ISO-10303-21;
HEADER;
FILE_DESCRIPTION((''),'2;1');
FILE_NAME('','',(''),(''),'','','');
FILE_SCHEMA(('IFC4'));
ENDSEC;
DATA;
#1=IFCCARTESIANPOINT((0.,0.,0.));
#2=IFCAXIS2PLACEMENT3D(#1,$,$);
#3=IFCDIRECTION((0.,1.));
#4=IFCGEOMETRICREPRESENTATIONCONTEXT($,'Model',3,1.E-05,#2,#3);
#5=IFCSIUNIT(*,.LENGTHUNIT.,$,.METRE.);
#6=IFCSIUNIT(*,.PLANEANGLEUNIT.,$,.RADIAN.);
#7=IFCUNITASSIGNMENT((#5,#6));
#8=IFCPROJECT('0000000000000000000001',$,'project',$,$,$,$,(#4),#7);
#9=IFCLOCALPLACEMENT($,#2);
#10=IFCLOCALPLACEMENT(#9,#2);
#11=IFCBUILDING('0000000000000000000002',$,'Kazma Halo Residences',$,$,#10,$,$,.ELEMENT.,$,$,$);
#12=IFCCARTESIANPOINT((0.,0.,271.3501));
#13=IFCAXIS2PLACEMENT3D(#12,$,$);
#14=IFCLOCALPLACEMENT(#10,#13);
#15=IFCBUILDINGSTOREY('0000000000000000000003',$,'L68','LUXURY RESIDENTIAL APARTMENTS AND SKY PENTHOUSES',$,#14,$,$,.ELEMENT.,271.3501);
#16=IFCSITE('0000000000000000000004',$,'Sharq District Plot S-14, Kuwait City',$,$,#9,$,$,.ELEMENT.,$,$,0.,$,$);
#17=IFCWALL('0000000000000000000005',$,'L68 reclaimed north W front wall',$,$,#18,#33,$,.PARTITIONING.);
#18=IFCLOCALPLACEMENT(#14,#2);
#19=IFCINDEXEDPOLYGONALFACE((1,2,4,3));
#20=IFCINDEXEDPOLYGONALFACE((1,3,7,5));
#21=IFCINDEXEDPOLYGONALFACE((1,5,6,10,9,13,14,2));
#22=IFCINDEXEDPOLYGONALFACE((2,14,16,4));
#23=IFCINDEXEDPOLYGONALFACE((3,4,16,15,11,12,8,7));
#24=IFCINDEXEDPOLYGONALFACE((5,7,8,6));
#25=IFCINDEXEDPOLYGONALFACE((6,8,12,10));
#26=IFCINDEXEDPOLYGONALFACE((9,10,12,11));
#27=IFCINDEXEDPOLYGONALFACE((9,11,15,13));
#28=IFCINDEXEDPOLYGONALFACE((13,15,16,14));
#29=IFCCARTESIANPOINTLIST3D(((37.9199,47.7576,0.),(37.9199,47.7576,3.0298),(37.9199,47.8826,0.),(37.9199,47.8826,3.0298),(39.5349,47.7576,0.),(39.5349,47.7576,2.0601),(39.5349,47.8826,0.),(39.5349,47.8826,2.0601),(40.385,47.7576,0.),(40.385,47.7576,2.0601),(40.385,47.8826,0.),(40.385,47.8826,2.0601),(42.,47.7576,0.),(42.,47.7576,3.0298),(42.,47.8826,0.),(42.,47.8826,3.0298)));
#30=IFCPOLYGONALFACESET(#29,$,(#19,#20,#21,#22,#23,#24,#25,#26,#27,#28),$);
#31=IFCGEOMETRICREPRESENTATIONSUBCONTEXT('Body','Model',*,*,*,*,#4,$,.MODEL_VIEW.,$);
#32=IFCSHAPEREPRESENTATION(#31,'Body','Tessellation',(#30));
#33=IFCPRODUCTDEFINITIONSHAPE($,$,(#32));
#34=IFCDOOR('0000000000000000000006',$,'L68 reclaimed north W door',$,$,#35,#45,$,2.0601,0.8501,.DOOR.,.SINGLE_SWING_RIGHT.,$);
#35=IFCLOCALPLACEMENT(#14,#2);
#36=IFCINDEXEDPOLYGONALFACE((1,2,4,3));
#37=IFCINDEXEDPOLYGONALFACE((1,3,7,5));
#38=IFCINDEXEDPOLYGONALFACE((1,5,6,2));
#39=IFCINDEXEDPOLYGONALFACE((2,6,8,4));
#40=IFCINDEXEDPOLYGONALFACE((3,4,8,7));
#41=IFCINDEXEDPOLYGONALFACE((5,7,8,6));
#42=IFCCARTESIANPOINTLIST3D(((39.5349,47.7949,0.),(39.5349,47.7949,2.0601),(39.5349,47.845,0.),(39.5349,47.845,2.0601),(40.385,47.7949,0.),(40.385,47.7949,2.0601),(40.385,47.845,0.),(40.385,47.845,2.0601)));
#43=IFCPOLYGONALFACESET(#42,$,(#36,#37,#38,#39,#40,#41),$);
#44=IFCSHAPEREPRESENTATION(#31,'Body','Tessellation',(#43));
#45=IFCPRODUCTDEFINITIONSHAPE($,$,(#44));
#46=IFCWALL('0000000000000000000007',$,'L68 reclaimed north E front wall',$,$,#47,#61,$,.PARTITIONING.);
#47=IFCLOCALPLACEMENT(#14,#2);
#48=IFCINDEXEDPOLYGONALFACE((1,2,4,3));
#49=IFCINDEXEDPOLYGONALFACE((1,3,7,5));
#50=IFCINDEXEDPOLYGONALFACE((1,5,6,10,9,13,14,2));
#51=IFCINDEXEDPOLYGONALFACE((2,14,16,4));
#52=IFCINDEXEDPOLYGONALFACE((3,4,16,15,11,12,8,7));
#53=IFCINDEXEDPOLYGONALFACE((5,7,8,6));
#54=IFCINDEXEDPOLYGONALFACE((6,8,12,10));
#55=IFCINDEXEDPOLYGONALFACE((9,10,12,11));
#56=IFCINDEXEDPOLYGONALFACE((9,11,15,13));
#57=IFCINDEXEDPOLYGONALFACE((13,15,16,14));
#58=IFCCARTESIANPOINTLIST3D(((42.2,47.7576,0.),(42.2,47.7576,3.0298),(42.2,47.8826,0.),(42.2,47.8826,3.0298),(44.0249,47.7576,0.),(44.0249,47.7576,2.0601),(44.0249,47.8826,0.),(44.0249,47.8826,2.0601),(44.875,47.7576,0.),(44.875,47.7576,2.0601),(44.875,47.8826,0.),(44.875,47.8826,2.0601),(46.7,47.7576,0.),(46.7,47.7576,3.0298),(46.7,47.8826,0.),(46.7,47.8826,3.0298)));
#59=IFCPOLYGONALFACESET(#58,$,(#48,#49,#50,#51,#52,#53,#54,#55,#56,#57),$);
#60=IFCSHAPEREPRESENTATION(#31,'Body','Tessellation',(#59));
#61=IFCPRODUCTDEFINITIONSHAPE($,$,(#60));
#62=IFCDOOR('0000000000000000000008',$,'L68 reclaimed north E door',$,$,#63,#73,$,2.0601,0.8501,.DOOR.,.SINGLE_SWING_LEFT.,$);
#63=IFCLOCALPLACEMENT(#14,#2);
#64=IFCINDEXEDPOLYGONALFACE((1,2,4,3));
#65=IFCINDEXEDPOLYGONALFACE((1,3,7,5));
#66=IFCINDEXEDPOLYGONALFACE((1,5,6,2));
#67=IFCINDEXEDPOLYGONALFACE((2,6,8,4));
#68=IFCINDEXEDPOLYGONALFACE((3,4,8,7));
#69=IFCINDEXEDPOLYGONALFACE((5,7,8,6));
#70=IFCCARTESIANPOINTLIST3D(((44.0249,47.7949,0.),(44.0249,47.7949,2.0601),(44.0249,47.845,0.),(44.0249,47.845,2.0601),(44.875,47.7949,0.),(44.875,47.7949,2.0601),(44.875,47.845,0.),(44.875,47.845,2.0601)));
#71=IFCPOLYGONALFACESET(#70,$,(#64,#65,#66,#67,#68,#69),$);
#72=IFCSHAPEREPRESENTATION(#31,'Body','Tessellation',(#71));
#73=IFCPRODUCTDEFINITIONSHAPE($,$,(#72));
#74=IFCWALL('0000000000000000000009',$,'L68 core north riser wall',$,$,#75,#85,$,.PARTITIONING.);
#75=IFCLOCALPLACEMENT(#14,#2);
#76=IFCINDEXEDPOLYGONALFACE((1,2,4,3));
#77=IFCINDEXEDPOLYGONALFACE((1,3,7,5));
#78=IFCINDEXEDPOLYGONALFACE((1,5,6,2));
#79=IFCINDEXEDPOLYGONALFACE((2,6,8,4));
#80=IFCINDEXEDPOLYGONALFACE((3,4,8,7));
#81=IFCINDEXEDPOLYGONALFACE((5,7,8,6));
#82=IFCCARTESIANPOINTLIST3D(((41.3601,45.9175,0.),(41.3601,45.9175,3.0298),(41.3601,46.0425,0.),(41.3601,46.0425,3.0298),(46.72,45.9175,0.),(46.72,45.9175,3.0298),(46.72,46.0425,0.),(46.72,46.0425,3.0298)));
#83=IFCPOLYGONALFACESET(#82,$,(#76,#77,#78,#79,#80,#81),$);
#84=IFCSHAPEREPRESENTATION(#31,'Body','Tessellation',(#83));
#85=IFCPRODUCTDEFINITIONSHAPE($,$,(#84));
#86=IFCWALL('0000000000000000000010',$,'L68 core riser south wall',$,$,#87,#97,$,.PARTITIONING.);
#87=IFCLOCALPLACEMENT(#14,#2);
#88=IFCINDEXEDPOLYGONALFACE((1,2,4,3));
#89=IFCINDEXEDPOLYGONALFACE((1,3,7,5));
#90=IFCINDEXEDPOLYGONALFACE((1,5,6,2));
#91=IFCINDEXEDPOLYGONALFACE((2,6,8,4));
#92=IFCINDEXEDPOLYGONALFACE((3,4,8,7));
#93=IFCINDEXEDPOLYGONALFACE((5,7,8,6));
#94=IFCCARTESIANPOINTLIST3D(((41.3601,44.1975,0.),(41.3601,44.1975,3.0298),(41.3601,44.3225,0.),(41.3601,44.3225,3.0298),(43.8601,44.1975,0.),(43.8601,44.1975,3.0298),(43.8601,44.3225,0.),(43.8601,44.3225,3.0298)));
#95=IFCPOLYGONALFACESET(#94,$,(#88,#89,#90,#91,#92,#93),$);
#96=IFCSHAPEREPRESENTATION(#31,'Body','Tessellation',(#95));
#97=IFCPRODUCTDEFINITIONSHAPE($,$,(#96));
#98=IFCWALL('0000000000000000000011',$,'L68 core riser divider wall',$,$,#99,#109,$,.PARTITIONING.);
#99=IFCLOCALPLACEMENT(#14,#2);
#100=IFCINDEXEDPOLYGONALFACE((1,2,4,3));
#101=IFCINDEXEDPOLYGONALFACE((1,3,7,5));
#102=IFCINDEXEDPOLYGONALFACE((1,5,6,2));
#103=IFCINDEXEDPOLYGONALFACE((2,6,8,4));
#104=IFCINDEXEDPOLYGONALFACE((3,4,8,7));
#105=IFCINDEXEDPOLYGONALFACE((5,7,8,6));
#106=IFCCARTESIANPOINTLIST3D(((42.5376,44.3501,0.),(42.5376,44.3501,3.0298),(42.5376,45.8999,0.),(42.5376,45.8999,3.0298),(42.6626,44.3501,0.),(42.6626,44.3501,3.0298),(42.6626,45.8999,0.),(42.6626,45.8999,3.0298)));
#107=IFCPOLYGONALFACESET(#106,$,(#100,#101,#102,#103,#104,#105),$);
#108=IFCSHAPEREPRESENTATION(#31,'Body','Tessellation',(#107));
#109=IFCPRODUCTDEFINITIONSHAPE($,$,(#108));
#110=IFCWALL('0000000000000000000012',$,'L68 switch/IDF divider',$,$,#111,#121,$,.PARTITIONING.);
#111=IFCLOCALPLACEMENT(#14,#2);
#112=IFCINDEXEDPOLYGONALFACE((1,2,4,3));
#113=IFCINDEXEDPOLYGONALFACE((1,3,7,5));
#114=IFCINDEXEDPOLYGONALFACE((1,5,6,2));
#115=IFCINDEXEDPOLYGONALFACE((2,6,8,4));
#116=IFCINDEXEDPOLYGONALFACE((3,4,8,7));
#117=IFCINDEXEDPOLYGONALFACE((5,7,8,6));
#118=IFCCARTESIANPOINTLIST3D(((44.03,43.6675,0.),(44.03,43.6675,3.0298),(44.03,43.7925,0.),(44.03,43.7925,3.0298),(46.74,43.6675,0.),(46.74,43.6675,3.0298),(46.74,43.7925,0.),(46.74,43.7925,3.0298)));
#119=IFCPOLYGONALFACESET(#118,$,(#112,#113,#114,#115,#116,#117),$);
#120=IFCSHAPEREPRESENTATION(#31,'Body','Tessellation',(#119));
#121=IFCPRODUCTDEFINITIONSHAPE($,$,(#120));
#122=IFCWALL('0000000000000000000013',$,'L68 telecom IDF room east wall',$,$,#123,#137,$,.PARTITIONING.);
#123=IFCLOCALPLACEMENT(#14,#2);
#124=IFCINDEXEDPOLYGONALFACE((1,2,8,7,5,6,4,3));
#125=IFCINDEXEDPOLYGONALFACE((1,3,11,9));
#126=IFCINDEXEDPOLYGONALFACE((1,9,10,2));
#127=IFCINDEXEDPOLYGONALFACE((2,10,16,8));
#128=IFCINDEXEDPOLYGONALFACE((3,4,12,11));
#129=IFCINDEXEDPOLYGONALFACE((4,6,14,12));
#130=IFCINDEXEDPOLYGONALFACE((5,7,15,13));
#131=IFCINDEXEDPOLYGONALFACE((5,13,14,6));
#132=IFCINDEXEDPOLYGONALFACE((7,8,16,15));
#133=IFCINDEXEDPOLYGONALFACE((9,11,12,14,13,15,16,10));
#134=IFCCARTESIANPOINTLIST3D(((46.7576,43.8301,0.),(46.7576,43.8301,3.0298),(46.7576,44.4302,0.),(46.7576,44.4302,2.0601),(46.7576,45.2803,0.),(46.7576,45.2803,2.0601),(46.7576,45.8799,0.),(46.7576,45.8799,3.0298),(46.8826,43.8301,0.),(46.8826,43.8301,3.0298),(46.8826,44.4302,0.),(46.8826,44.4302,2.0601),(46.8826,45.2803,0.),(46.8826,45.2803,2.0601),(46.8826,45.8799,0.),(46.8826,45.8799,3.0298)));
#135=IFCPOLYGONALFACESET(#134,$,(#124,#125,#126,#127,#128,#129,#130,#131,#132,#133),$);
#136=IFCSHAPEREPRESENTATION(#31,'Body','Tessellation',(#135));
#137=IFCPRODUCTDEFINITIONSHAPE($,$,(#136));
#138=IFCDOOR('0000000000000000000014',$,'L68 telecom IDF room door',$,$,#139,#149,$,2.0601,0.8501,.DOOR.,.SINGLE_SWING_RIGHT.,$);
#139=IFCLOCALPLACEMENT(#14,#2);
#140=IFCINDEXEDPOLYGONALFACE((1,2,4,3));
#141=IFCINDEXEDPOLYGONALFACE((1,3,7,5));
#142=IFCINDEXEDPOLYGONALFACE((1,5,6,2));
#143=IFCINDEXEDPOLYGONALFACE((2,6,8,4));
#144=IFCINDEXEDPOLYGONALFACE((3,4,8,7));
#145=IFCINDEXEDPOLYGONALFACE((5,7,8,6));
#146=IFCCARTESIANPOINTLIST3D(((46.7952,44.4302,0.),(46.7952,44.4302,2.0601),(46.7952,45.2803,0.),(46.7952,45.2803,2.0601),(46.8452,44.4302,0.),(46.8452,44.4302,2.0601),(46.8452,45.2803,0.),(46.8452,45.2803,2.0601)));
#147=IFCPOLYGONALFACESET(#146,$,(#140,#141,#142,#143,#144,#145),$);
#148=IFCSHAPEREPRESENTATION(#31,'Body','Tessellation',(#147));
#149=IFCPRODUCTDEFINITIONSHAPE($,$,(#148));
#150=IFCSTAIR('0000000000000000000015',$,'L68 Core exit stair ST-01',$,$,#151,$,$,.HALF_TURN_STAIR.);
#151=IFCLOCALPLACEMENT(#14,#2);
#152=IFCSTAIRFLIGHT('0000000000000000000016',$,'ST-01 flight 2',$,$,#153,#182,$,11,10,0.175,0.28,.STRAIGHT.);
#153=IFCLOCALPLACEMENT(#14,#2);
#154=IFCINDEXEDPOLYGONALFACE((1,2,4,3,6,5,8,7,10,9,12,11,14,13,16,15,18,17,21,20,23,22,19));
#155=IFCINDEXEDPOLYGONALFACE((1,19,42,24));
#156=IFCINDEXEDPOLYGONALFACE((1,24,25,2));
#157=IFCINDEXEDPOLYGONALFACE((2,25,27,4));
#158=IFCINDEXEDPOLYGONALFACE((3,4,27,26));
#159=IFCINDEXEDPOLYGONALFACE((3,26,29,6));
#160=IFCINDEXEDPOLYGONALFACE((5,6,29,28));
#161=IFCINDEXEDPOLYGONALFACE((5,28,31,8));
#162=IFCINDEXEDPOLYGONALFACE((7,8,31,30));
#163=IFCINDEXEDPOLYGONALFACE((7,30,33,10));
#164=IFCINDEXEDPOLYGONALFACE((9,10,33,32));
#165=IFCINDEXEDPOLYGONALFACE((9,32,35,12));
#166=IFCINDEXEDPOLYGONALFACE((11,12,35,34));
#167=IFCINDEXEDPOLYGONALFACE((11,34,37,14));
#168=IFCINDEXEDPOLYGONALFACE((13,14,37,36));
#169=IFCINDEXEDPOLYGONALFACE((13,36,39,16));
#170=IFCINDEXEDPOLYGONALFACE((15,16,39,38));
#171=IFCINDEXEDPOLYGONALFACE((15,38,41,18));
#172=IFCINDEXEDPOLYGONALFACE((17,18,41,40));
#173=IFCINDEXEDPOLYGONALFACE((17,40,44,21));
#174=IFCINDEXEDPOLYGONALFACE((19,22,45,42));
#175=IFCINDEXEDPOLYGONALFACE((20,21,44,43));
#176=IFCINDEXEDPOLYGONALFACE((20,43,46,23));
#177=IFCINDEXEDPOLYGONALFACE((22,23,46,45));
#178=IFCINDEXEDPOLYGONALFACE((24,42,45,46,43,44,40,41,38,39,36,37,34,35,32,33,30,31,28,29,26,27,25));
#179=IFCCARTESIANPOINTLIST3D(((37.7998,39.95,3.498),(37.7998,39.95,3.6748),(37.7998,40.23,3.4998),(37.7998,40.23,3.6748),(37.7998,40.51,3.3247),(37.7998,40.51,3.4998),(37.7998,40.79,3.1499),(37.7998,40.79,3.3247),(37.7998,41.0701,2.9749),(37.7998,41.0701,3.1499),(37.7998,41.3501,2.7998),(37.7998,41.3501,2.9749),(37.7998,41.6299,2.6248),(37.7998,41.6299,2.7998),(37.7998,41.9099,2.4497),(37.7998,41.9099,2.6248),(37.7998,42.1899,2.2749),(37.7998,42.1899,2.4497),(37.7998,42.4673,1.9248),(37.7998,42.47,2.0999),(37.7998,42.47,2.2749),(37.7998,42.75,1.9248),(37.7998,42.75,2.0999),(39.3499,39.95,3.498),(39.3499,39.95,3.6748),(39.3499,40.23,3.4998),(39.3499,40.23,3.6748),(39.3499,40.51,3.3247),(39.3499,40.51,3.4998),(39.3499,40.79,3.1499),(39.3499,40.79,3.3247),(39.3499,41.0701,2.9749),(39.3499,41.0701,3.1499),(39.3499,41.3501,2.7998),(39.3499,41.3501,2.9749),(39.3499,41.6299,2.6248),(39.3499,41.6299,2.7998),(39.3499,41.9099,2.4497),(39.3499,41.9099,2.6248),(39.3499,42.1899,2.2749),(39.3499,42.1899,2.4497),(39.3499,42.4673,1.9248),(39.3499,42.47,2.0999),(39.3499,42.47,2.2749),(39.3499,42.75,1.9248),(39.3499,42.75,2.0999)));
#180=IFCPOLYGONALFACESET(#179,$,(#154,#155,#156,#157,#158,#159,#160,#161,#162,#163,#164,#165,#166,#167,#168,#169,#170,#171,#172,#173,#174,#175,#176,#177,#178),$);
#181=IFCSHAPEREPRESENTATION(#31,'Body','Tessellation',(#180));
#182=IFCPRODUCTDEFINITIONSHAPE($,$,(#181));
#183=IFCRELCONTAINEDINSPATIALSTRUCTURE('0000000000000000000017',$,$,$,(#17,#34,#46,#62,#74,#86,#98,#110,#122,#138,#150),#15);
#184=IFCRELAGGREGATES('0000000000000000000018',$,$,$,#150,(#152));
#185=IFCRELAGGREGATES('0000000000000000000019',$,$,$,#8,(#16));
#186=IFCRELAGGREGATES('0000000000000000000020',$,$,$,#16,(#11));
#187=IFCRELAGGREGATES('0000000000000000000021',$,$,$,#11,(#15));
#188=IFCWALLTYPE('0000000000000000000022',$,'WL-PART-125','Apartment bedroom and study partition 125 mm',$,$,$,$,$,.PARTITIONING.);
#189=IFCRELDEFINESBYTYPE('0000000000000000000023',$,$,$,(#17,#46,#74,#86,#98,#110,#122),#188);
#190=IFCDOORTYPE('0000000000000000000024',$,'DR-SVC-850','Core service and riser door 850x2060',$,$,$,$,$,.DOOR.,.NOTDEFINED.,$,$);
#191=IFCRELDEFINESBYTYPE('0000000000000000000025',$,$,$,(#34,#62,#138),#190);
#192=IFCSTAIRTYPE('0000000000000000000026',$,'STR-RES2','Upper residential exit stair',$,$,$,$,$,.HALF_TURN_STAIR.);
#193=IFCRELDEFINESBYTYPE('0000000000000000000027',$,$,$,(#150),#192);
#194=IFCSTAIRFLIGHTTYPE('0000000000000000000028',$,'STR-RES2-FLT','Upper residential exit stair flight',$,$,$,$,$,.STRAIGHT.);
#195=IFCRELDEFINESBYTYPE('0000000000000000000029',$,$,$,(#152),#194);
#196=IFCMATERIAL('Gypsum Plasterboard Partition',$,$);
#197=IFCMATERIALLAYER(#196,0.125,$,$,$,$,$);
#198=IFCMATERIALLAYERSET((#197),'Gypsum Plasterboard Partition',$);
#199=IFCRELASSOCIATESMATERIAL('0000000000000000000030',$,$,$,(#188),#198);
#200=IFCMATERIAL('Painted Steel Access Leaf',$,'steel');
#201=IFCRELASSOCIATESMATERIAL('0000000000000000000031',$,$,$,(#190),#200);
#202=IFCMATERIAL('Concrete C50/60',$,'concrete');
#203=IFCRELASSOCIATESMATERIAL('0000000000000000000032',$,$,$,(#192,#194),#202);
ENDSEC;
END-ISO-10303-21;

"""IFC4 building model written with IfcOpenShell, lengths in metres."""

from ifc_helpers import new_model, si_unit, direction, frame, frame_2d, origin, place, context, subcontext, project, spatial, polyline, rectangle, outline, extrude, material, layer, layer_set, type_object, element, fill, aggregate, save


model = new_model("IFC4")

# Units and contexts
model_context = context("Model", 3, precision=1e-05, world=origin(), true_north=direction((0.0, 1.0)))
body_context = subcontext(model_context, "Body", "Model", "MODEL_VIEW")
ifc_project = project(units=[si_unit("LENGTHUNIT", "METRE"), si_unit("PLANEANGLEUNIT", "RADIAN")], contexts=[model_context])

# Site, building, storey
site_placement = place(None, origin())
site = spatial("IfcSite", under=ifc_project, at=site_placement, Name="Sharq District Plot S-14, Kuwait City", CompositionType="ELEMENT", RefElevation=0.0)
building_placement = place(site_placement, origin())
building = spatial("IfcBuilding", under=site, at=building_placement, Name="Kazma Halo Residences", CompositionType="ELEMENT")
storey_placement = place(building_placement, frame((0.0, 0.0, 271.3501)))
storey = spatial("IfcBuildingStorey", under=building, at=storey_placement, Name="L68", Description="LUXURY RESIDENTIAL APARTMENTS AND SKY PENTHOUSES", CompositionType="ELEMENT", Elevation=271.3501)

# Shared definitions
ifc_material_1 = material(Name="Gypsum Plasterboard Partition")
ifc_layer_1 = layer(ifc_material_1, 0.125)
ifc_layer_set_1 = layer_set([ifc_layer_1], Name="Gypsum Plasterboard Partition")
wall_type_1 = type_object("IfcWallType", Name="WL-PART-125", Description="Apartment bedroom and study partition 125 mm", PredefinedType="PARTITIONING", material=ifc_layer_set_1)

# Walls, openings, doors
wall_1_placement = place(storey_placement, frame((37.9199, 47.8201, 0.0), z_axis=(0.0, 0.0, 1.0), x_axis=(1.0, 0.0, 0.0)))
wall_1 = element("IfcWall", 1, at=wall_1_placement, inside=storey, type_object=wall_type_1, Name="L68 reclaimed north W front wall", PredefinedType="PARTITIONING", context=body_context, shape_type="SweptSolid", body=[
    extrude(rectangle(XDim=4.0801, YDim=0.125, at=frame_2d((2.04, 0.0))), origin(), (0.0, 0.0, 1.0), 3.0298),
])
opening_1_placement = place(wall_1_placement, frame((1.615, 0.0, 0.0)))
opening_1 = element("IfcOpeningElement", 2, at=opening_1_placement, cuts=wall_1, PredefinedType="OPENING", context=body_context, shape_type="SweptSolid", body=[
    extrude(rectangle(XDim=0.8501, YDim=2.0601, at=frame_2d((0.425, 1.03))), frame((0.0, 0.0725, 0.0), z_axis=(0.0, -1.0, 0.0), x_axis=(1.0, 0.0, 0.0)), (0.0, 0.0, 1.0), 0.145),
])
ifc_material_2 = material(Name="Painted Steel Access Leaf", Category="steel")
door_type_1 = type_object("IfcDoorType", Name="DR-SVC-850", Description="Core service and riser door 850x2060", OperationType="NOTDEFINED", PredefinedType="DOOR", material=ifc_material_2)
door_1_placement = place(opening_1_placement, origin())
door_1 = element("IfcDoor", 3, at=door_1_placement, inside=storey, type_object=door_type_1, Name="L68 reclaimed north W door", OperationType="SINGLE_SWING_RIGHT", OverallHeight=2.0601, OverallWidth=0.8501, PredefinedType="DOOR", context=body_context, shape_type="SweptSolid", body=[
    extrude(rectangle(XDim=0.8501, YDim=2.0601, at=frame_2d((0.425, 1.03))), frame((0.0, 0.0249, 0.0), z_axis=(0.0, -1.0, 0.0), x_axis=(1.0, 0.0, 0.0)), (0.0, 0.0, 1.0), 0.05),
])
fill(opening_1, door_1)
wall_2_placement = place(storey_placement, frame((42.2, 47.8201, 0.0), z_axis=(0.0, 0.0, 1.0), x_axis=(1.0, 0.0, 0.0)))
wall_2 = element("IfcWall", 4, at=wall_2_placement, inside=storey, type_object=wall_type_1, Name="L68 reclaimed north E front wall", PredefinedType="PARTITIONING", context=body_context, shape_type="SweptSolid", body=[
    extrude(rectangle(XDim=4.5, YDim=0.125, at=frame_2d((2.25, 0.0))), origin(), (0.0, 0.0, 1.0), 3.0298),
])
opening_2_placement = place(wall_2_placement, frame((1.825, 0.0, 0.0)))
opening_2 = element("IfcOpeningElement", 5, at=opening_2_placement, cuts=wall_2, PredefinedType="OPENING", context=body_context, shape_type="SweptSolid", body=[
    extrude(rectangle(XDim=0.8501, YDim=2.0601, at=frame_2d((0.425, 1.03))), frame((0.0, 0.0725, 0.0), z_axis=(0.0, -1.0, 0.0), x_axis=(1.0, 0.0, 0.0)), (0.0, 0.0, 1.0), 0.145),
])
door_2_placement = place(opening_2_placement, origin())
door_2 = element("IfcDoor", 6, at=door_2_placement, inside=storey, type_object=door_type_1, Name="L68 reclaimed north E door", OperationType="SINGLE_SWING_LEFT", OverallHeight=2.0601, OverallWidth=0.8501, PredefinedType="DOOR", context=body_context, shape_type="SweptSolid", body=[
    extrude(rectangle(XDim=0.8501, YDim=2.0601, at=frame_2d((0.425, 1.03))), frame((0.0, 0.0249, 0.0), z_axis=(0.0, -1.0, 0.0), x_axis=(1.0, 0.0, 0.0)), (0.0, 0.0, 1.0), 0.05),
])
fill(opening_2, door_2)

# Walls
wall_3_placement = place(storey_placement, frame((41.3601, 45.98, 0.0), z_axis=(0.0, 0.0, 1.0), x_axis=(1.0, 0.0, 0.0)))
element("IfcWall", 7, at=wall_3_placement, inside=storey, type_object=wall_type_1, Name="L68 core north riser wall", PredefinedType="PARTITIONING", context=body_context, shape_type="SweptSolid", body=[
    extrude(rectangle(XDim=5.3599, YDim=0.125, at=frame_2d((2.6799, 0.0))), origin(), (0.0, 0.0, 1.0), 3.0298),
])
wall_4_placement = place(storey_placement, frame((41.3601, 44.26, 0.0), z_axis=(0.0, 0.0, 1.0), x_axis=(1.0, 0.0, 0.0)))
element("IfcWall", 8, at=wall_4_placement, inside=storey, type_object=wall_type_1, Name="L68 core riser south wall", PredefinedType="PARTITIONING", context=body_context, shape_type="SweptSolid", body=[
    extrude(rectangle(XDim=2.5, YDim=0.125, at=frame_2d((1.25, 0.0))), origin(), (0.0, 0.0, 1.0), 3.0298),
])
wall_5_placement = place(storey_placement, frame((42.6001, 44.3501, 0.0), z_axis=(0.0, 0.0, 1.0), x_axis=(0.0, 1.0, 0.0)))
element("IfcWall", 9, at=wall_5_placement, inside=storey, type_object=wall_type_1, Name="L68 core riser divider wall", PredefinedType="PARTITIONING", context=body_context, shape_type="SweptSolid", body=[
    extrude(rectangle(XDim=1.5498, YDim=0.125, at=frame_2d((0.7749, 0.0))), origin(), (0.0, 0.0, 1.0), 3.0298),
])
wall_6_placement = place(storey_placement, frame((44.03, 43.73, 0.0), z_axis=(0.0, 0.0, 1.0), x_axis=(1.0, 0.0, 0.0)))
element("IfcWall", 10, at=wall_6_placement, inside=storey, type_object=wall_type_1, Name="L68 switch/IDF divider", PredefinedType="PARTITIONING", context=body_context, shape_type="SweptSolid", body=[
    extrude(rectangle(XDim=2.71, YDim=0.125, at=frame_2d((1.355, 0.0))), origin(), (0.0, 0.0, 1.0), 3.0298),
])

# Wall, opening, door
wall_7_placement = place(storey_placement, frame((46.8201, 43.8301, 0.0), z_axis=(0.0, 0.0, 1.0), x_axis=(0.0, 1.0, 0.0)))
wall_7 = element("IfcWall", 11, at=wall_7_placement, inside=storey, type_object=wall_type_1, Name="L68 telecom IDF room east wall", PredefinedType="PARTITIONING", context=body_context, shape_type="SweptSolid", body=[
    extrude(rectangle(XDim=2.0498, YDim=0.125, at=frame_2d((1.0249, 0.0))), origin(), (0.0, 0.0, 1.0), 3.0298),
])
opening_3_placement = place(wall_7_placement, frame((0.6001, 0.0, 0.0)))
opening_3 = element("IfcOpeningElement", 12, at=opening_3_placement, cuts=wall_7, PredefinedType="OPENING", context=body_context, shape_type="SweptSolid", body=[
    extrude(rectangle(XDim=0.8501, YDim=2.0601, at=frame_2d((0.425, 1.03))), frame((0.0, 0.0725, 0.0), z_axis=(0.0, -1.0, 0.0), x_axis=(1.0, 0.0, 0.0)), (0.0, 0.0, 1.0), 0.145),
])
door_3_placement = place(opening_3_placement, origin())
door_3 = element("IfcDoor", 13, at=door_3_placement, inside=storey, type_object=door_type_1, Name="L68 telecom IDF room door", OperationType="SINGLE_SWING_RIGHT", OverallHeight=2.0601, OverallWidth=0.8501, PredefinedType="DOOR", context=body_context, shape_type="SweptSolid", body=[
    extrude(rectangle(XDim=0.8501, YDim=2.0601, at=frame_2d((0.425, 1.03))), frame((0.0, 0.0249, 0.0), z_axis=(0.0, -1.0, 0.0), x_axis=(1.0, 0.0, 0.0)), (0.0, 0.0, 1.0), 0.05),
])
fill(opening_3, door_3)

# Stair, stair flight
ifc_material_3 = material(Name="Concrete C50/60", Category="concrete")
stair_type = type_object("IfcStairType", Name="STR-RES2", Description="Upper residential exit stair", PredefinedType="HALF_TURN_STAIR", material=ifc_material_3)
stair_placement = place(storey_placement, origin())
stair = element("IfcStair", 14, at=stair_placement, inside=storey, type_object=stair_type, Name="L68 Core exit stair ST-01", PredefinedType="HALF_TURN_STAIR")
stair_flight_type = type_object("IfcStairFlightType", Name="STR-RES2-FLT", Description="Upper residential exit stair flight", PredefinedType="STRAIGHT", material=ifc_material_3)
stair_flight_placement = place(storey_placement, frame((38.575, 42.75, 1.9248), z_axis=(0.0, 0.0, 1.0), x_axis=(0.0, -1.0, 0.0)))
stair_flight = element("IfcStairFlight", 15, at=stair_flight_placement, type_object=stair_flight_type, Name="ST-01 flight 2", NumberOfRisers=11, NumberOfTreads=10, PredefinedType="STRAIGHT", RiserHeight=0.175, TreadLength=0.28, context=body_context, shape_type="SweptSolid", body=[
    extrude(outline(polyline([(0.0, 0.0), (0.0, 0.175), (0.28, 0.175), (0.28, 0.3501), (0.5601, 0.3501), (0.5601, 0.5249), (0.8401, 0.5249), (0.8401, 0.7), (1.1201, 0.7), (1.1201, 0.875), (1.3999, 0.875), (1.3999, 1.05), (1.6799, 1.05), (1.6799, 1.2251), (1.96, 1.2251), (1.96, 1.3999), (2.24, 1.3999), (2.24, 1.575), (2.52, 1.575), (2.52, 1.75), (2.8, 1.75), (2.8, 1.925), (2.8, 1.5732), (0.2827, 0.0), (0.0, 0.0)])), frame((0.0, 0.7749, 0.0), z_axis=(0.0, -1.0, 0.0), x_axis=(1.0, 0.0, 0.0)), (0.0, 0.0, 1.0), 1.55),
])
aggregate(stair, [stair_flight])

save(model, "model.ifc")
